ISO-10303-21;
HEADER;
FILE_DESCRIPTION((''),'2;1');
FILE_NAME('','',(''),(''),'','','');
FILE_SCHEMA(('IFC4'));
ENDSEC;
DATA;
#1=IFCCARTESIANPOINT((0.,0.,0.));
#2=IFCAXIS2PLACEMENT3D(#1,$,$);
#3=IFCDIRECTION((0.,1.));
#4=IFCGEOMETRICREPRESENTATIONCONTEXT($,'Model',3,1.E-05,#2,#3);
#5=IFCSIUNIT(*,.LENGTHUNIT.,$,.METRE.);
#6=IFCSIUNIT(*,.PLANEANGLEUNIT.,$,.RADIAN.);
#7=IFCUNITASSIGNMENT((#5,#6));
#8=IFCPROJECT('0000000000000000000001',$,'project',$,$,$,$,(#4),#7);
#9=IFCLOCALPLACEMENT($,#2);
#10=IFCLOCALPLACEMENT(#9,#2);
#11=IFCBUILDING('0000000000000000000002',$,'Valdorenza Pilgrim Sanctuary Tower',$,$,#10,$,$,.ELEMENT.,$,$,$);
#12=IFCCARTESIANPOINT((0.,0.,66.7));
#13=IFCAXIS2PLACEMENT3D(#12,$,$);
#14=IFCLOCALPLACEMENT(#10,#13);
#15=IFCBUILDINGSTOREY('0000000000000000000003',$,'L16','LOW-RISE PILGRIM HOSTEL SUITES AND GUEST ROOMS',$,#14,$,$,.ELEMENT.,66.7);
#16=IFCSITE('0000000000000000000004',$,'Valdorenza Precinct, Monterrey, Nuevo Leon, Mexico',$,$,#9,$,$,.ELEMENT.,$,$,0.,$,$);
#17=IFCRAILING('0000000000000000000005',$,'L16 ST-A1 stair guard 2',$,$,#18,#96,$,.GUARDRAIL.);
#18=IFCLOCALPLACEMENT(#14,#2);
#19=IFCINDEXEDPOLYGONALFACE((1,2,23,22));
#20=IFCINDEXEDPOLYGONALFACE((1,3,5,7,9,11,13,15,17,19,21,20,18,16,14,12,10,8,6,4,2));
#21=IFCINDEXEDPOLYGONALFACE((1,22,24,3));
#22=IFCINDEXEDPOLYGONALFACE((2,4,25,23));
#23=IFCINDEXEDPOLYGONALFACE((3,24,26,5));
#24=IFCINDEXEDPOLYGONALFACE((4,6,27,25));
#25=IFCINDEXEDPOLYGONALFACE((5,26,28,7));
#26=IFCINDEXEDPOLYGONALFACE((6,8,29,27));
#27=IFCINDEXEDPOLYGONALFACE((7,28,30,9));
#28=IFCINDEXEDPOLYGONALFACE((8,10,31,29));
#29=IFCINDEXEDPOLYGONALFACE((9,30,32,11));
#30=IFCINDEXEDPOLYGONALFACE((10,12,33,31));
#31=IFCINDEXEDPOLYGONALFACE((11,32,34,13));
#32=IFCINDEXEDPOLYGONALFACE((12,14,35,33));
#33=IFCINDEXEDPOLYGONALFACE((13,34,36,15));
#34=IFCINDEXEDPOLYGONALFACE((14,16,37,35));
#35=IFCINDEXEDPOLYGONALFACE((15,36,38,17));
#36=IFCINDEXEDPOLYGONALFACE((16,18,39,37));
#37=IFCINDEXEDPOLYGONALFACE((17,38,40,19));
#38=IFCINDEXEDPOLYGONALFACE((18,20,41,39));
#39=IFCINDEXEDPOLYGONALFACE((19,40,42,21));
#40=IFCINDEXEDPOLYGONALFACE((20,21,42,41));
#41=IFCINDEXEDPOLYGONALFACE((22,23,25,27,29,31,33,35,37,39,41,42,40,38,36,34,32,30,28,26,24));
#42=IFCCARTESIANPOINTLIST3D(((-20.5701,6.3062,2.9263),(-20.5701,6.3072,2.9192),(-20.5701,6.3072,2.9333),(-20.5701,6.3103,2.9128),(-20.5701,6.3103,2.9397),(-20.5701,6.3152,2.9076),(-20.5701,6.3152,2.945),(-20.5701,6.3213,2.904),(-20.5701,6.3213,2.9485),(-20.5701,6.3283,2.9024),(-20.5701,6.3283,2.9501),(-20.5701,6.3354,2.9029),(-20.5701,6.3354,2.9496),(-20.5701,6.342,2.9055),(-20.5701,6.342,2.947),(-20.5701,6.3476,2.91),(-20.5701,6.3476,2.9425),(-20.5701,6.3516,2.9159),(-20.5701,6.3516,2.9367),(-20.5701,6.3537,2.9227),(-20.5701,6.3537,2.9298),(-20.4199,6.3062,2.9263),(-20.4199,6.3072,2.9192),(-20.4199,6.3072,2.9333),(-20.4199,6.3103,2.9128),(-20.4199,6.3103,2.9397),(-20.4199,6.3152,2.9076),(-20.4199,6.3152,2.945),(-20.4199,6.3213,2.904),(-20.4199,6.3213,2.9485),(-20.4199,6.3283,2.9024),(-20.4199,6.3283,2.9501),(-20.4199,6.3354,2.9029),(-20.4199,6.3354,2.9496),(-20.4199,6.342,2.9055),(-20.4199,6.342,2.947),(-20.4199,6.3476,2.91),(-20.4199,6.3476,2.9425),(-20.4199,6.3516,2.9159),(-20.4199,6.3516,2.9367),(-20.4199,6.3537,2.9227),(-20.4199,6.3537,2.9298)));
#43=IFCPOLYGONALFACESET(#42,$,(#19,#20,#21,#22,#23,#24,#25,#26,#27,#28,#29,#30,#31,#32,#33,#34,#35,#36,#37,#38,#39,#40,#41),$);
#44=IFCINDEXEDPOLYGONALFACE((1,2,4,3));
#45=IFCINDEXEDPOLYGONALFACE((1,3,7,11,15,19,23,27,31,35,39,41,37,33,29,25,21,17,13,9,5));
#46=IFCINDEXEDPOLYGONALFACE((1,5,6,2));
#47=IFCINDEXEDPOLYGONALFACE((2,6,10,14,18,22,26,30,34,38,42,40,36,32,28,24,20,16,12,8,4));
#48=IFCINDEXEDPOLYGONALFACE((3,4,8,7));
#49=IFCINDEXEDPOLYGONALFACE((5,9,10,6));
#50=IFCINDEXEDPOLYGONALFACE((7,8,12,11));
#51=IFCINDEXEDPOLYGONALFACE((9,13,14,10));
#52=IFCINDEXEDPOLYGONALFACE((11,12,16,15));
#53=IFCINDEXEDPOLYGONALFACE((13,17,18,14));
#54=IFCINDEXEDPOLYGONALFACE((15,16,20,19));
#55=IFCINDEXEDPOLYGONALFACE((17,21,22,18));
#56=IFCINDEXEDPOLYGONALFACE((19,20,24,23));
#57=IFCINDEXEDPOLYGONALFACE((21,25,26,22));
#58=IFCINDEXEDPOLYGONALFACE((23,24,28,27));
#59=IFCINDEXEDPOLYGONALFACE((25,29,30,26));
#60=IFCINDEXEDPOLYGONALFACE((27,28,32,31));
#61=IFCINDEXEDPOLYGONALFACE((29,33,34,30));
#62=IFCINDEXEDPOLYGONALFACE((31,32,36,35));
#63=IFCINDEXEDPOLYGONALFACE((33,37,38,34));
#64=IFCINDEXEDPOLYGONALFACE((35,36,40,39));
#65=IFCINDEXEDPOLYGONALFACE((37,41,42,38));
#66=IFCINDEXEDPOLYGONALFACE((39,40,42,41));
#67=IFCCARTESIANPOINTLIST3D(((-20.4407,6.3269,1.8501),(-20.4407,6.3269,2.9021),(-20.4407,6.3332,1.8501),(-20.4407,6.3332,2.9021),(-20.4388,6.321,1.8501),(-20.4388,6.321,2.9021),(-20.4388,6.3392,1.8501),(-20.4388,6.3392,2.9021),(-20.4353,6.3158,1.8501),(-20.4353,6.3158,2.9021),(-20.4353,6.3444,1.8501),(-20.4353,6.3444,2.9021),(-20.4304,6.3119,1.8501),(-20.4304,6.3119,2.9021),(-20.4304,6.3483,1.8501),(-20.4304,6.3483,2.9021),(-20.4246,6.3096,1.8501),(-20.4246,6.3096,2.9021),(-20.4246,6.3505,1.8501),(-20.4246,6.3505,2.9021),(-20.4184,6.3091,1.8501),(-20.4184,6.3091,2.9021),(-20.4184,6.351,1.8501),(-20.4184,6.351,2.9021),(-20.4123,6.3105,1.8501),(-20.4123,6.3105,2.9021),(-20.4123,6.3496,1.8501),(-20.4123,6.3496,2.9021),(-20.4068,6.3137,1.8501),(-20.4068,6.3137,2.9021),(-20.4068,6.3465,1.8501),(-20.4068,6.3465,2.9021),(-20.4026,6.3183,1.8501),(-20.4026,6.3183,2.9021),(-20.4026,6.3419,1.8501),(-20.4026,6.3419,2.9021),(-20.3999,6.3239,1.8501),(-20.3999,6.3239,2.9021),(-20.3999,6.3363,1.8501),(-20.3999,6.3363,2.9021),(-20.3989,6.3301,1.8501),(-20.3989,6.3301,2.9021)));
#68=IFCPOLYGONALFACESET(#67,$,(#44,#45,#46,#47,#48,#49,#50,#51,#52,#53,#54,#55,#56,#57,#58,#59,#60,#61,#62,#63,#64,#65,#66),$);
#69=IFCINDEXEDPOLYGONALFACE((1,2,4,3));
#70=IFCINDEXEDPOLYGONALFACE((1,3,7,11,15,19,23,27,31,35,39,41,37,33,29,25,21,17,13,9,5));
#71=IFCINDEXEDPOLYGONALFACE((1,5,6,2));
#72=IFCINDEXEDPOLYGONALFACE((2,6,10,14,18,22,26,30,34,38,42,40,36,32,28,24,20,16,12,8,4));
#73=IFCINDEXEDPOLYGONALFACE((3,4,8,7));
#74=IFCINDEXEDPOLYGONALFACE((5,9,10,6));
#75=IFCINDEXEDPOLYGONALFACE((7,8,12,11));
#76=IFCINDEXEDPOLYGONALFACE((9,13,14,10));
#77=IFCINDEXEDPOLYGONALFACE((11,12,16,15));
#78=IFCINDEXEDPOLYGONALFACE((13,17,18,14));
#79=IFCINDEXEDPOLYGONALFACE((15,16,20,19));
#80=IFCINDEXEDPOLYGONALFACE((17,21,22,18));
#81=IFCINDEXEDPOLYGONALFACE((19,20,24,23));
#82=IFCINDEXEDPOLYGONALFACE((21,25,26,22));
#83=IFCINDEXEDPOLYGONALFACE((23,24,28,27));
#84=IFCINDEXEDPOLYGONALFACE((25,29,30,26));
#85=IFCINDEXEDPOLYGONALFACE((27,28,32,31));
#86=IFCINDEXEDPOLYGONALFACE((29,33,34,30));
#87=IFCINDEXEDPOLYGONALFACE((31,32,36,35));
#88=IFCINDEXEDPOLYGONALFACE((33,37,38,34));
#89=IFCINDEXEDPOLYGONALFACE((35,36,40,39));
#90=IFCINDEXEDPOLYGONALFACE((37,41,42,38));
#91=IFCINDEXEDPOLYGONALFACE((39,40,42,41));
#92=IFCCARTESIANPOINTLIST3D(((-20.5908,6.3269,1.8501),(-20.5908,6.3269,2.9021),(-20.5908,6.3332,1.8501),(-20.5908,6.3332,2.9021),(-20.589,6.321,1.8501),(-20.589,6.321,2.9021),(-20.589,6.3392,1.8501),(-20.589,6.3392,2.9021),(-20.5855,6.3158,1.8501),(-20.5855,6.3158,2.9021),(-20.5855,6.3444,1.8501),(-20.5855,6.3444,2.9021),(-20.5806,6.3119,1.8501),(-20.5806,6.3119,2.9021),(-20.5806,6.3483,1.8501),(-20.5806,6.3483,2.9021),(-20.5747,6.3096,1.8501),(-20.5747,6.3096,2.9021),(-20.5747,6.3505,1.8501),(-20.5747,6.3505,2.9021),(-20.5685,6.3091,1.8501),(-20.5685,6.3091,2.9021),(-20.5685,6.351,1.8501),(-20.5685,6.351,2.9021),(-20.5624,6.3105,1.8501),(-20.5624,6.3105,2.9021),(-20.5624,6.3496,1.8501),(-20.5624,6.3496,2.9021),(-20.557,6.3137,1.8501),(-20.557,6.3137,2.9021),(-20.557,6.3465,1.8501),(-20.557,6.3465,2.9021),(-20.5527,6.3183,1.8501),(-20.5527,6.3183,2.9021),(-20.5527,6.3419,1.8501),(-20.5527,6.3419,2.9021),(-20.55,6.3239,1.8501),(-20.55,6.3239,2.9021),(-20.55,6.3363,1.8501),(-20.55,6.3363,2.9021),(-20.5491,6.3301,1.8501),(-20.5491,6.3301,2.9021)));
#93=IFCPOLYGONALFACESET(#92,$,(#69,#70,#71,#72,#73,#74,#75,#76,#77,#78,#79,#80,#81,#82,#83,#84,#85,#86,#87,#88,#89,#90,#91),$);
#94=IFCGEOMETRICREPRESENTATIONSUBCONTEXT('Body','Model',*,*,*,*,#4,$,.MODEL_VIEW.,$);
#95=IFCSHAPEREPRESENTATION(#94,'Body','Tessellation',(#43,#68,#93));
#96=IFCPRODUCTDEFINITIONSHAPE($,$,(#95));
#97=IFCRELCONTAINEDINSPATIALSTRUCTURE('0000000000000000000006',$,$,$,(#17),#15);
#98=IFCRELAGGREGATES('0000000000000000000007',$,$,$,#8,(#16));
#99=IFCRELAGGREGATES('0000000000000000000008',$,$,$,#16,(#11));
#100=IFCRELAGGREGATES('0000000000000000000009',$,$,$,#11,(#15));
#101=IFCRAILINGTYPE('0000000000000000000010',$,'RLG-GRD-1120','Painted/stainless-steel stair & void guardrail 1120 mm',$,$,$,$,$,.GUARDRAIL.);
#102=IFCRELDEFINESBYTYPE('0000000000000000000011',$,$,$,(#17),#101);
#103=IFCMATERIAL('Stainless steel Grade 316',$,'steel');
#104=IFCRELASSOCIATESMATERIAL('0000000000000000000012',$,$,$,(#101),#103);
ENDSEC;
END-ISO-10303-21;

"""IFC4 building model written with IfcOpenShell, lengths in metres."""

from ifc_helpers import new_model, si_unit, direction, frame, origin, origin_2d, place, context, subcontext, project, spatial, circle, extrude, material, type_object, element, save


model = new_model("IFC4")

# Units and contexts
model_context = context("Model", 3, precision=1e-05, world=origin(), true_north=direction((0.0, 1.0)))
body_context = subcontext(model_context, "Body", "Model", "MODEL_VIEW")
ifc_project = project(units=[si_unit("LENGTHUNIT", "METRE"), si_unit("PLANEANGLEUNIT", "RADIAN")], contexts=[model_context])

# Site, building, storey
site_placement = place(None, origin())
site = spatial("IfcSite", under=ifc_project, at=site_placement, Name="Valdorenza Precinct, Monterrey, Nuevo Leon, Mexico", CompositionType="ELEMENT", RefElevation=0.0)
building_placement = place(site_placement, origin())
building = spatial("IfcBuilding", under=site, at=building_placement, Name="Valdorenza Pilgrim Sanctuary Tower", CompositionType="ELEMENT")
storey_placement = place(building_placement, frame((0.0, 0.0, 66.7)))
storey = spatial("IfcBuildingStorey", under=building, at=storey_placement, Name="L16", Description="LOW-RISE PILGRIM HOSTEL SUITES AND GUEST ROOMS", CompositionType="ELEMENT", Elevation=66.7)

# Railing
ifc_material_1 = material(Name="Stainless steel Grade 316", Category="steel")
railing_type_1 = type_object("IfcRailingType", Name="RLG-GRD-1120", Description="Painted/stainless-steel stair & void guardrail 1120 mm", PredefinedType="GUARDRAIL", material=ifc_material_1)
railing_1_placement = place(storey_placement, frame((-20.4199, 6.3301, 1.8501)))
element("IfcRailing", 1, at=railing_1_placement, inside=storey, type_object=railing_type_1, Name="L16 ST-A1 stair guard 2", PredefinedType="GUARDRAIL", context=body_context, shape_type="SweptSolid", body=[
    extrude(circle(Radius=0.0239, at=origin_2d()), frame((0.0, 0.0, 1.0762), z_axis=(-1.0, 0.0, 0.0), x_axis=(0.0, -1.0, 0.0)), (0.0, 0.0, 1.0), 0.1501),
    extrude(circle(Radius=0.021, at=origin_2d()), origin(), (0.0, 0.0, 1.0), 1.052),
    extrude(circle(Radius=0.021, at=origin_2d()), frame((-0.1501, 0.0, 0.0)), (0.0, 0.0, 1.0), 1.052),
])

save(model, "model.ifc")
